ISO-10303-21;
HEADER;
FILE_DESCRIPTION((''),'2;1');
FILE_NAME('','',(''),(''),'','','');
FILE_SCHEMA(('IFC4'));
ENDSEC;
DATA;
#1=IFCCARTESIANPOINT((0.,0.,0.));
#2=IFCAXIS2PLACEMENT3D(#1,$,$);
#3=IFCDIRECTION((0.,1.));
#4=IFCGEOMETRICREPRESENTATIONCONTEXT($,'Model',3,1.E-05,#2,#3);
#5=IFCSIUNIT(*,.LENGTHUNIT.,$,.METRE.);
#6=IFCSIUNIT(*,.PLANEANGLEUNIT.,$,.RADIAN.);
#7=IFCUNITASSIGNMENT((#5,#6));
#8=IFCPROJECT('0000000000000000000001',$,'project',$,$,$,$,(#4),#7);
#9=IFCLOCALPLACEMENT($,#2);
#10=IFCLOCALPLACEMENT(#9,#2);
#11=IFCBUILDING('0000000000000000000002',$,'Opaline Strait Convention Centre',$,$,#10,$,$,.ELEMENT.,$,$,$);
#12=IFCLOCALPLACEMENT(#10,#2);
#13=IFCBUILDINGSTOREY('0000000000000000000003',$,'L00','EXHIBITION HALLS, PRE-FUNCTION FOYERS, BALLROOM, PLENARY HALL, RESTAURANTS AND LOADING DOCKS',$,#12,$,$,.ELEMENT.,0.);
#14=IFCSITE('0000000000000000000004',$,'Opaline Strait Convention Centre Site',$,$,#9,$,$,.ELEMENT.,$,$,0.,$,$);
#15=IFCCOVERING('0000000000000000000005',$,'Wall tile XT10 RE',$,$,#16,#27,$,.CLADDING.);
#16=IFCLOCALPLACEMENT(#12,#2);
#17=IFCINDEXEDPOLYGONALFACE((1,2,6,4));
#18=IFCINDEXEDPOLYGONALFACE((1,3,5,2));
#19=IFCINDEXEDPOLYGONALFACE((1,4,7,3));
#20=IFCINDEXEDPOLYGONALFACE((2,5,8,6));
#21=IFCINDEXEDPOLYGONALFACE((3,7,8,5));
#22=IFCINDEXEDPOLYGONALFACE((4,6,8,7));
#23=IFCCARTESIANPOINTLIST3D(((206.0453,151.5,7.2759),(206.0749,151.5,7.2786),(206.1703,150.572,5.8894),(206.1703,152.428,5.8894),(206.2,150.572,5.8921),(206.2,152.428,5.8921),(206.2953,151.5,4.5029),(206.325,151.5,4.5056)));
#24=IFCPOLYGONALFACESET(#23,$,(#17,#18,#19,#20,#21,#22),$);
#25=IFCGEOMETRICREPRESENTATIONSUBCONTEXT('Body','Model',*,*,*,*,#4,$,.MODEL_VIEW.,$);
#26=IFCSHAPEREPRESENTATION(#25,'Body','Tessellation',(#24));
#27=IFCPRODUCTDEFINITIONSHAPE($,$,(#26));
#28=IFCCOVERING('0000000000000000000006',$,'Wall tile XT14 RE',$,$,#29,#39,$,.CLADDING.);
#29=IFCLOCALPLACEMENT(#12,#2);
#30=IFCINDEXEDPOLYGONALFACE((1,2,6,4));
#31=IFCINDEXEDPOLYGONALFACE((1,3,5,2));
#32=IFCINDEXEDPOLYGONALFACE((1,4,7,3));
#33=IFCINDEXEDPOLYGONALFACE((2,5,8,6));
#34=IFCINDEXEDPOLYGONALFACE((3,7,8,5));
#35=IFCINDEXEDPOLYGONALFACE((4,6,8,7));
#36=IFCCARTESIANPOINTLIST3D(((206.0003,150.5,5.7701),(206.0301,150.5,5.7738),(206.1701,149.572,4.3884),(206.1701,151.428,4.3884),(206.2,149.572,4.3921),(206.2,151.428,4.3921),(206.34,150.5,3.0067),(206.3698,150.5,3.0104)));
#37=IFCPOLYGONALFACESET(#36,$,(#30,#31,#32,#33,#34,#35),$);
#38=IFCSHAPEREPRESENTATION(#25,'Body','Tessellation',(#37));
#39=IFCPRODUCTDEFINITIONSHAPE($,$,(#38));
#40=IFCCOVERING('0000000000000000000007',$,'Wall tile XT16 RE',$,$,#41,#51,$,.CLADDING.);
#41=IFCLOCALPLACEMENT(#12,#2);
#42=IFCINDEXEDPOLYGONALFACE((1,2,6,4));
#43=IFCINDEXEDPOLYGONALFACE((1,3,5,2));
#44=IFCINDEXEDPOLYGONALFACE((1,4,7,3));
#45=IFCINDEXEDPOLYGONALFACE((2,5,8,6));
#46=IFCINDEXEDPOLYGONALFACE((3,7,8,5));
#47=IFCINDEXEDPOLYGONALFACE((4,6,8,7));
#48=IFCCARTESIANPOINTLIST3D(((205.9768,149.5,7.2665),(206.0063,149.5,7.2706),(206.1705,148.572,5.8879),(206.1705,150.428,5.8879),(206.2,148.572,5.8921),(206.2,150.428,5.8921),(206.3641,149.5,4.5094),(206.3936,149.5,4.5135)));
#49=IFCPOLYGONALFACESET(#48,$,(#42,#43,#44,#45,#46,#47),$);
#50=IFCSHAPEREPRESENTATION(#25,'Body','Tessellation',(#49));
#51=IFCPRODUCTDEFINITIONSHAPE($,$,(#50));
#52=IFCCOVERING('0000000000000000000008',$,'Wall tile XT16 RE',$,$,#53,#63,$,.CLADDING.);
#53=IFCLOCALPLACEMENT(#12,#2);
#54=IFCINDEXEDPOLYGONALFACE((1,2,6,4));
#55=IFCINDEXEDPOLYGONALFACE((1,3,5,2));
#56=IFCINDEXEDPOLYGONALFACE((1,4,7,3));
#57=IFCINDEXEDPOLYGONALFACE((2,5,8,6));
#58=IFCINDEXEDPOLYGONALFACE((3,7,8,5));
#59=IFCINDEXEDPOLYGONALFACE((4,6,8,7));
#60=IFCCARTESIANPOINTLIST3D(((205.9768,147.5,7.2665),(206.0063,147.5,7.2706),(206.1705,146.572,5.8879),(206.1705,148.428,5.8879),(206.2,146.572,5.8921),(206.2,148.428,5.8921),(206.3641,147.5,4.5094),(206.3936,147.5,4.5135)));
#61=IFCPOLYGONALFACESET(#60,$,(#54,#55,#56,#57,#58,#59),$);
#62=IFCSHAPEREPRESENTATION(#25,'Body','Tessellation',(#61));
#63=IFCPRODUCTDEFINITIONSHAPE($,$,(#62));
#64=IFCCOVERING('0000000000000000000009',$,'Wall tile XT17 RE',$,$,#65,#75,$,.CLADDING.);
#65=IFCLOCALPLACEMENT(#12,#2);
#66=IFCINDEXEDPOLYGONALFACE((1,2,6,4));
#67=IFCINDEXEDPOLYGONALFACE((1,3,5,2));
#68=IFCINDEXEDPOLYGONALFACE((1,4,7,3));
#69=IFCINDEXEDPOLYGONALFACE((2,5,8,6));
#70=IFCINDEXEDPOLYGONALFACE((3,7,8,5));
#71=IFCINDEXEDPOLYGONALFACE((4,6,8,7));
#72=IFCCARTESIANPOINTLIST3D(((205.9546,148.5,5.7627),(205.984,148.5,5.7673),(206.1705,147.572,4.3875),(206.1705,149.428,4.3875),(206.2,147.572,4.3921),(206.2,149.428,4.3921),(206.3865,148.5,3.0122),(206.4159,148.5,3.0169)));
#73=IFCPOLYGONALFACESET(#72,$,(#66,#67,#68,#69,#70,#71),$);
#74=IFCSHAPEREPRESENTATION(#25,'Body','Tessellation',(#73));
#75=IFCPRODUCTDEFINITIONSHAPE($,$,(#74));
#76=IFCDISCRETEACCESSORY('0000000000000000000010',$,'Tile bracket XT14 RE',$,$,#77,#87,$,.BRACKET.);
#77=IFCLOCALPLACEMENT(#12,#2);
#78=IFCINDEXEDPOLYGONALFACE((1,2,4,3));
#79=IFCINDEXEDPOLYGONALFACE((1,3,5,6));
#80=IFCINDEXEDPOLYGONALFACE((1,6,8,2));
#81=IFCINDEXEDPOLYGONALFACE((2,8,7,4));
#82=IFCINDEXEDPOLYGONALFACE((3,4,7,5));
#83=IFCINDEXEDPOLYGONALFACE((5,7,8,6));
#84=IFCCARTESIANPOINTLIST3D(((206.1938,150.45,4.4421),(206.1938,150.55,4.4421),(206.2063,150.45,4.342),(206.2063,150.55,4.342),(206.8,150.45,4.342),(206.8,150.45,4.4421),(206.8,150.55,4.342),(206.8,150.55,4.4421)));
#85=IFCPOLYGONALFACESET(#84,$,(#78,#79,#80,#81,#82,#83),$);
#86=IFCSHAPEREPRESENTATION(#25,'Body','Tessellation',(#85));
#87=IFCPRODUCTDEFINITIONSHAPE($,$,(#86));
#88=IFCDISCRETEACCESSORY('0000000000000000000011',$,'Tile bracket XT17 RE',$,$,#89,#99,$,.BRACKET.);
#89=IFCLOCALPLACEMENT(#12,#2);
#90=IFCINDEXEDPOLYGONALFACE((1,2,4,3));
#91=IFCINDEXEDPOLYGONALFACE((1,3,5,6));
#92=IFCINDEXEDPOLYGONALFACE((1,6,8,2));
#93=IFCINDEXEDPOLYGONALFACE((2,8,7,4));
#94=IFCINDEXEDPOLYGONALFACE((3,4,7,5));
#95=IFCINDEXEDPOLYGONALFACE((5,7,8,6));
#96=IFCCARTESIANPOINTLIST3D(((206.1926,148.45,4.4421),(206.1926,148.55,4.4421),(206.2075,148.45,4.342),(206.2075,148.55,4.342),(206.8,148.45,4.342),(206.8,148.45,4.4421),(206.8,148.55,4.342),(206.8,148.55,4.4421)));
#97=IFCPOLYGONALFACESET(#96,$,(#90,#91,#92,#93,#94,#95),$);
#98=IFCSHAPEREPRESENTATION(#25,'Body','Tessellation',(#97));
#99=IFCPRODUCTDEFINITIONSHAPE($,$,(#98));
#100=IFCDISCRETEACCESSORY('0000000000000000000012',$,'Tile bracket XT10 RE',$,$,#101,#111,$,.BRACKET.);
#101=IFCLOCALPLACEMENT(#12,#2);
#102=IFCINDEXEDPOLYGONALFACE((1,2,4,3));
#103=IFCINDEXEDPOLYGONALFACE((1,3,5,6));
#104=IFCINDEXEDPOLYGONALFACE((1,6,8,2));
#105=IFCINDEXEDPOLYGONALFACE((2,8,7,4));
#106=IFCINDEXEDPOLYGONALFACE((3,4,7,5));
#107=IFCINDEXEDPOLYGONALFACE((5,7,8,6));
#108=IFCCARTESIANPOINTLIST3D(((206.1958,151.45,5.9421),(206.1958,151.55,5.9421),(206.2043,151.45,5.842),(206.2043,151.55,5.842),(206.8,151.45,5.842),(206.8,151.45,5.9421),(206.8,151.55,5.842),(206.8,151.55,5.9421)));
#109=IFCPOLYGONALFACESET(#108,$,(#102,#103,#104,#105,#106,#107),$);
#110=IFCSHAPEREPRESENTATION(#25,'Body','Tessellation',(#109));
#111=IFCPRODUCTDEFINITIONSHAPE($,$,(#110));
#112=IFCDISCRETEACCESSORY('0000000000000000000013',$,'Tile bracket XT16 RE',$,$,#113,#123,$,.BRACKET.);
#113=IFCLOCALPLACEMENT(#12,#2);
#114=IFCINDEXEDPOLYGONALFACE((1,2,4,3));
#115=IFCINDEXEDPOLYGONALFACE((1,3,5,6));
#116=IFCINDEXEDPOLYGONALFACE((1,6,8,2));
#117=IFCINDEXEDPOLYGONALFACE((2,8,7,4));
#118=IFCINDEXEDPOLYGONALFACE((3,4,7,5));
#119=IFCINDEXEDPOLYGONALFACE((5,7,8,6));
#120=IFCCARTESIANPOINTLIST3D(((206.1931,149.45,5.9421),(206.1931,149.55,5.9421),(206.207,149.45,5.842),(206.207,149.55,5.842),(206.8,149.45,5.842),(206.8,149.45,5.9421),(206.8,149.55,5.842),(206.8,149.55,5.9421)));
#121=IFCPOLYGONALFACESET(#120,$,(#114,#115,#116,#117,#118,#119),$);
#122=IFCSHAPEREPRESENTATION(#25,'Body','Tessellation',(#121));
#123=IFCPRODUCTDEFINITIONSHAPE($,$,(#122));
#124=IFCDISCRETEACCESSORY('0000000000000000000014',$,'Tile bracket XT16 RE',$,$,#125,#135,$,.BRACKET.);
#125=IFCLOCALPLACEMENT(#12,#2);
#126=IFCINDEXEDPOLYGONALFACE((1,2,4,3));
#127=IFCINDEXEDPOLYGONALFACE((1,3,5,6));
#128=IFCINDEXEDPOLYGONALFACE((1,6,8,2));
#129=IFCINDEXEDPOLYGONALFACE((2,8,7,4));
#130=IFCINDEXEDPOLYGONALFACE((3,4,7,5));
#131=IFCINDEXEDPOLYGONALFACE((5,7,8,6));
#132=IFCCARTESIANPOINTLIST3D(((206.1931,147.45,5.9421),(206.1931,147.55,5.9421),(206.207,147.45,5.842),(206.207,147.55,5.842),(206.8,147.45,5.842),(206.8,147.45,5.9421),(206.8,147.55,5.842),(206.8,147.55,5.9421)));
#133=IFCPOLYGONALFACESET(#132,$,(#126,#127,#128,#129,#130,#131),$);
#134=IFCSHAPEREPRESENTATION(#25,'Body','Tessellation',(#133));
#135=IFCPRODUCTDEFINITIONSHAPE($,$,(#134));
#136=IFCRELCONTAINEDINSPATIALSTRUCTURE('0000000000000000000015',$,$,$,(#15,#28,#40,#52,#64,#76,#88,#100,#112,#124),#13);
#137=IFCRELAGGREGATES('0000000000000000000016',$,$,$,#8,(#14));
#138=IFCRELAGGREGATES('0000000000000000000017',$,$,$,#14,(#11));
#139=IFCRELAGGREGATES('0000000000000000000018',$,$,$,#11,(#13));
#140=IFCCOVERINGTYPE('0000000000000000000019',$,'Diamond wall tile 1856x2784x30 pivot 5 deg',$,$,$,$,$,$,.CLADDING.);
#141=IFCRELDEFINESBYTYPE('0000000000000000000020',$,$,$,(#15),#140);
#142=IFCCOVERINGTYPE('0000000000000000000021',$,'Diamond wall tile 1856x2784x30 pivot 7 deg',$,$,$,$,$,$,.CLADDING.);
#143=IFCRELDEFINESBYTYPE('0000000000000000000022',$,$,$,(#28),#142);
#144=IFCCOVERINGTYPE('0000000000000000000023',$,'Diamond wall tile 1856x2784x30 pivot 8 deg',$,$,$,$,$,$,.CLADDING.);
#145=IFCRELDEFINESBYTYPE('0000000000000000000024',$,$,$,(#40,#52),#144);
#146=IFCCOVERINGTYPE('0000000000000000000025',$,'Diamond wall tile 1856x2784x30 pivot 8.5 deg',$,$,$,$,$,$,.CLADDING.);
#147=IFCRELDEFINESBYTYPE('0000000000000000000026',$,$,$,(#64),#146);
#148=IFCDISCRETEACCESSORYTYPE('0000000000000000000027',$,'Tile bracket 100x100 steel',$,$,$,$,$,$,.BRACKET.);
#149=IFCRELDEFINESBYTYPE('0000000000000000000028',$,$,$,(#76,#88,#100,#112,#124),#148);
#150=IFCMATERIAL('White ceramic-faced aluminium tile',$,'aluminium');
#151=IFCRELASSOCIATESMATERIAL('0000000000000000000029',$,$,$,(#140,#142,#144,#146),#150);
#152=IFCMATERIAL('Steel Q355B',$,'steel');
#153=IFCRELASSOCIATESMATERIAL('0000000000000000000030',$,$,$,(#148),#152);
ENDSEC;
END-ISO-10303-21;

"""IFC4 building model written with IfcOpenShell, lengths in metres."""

from ifc_helpers import new_model, si_unit, direction, frame, origin, place, context, subcontext, project, spatial, polyline, outline, extrude, material, material_profile, profile_set, type_object, element, save


model = new_model("IFC4")

# Units and contexts
model_context = context("Model", 3, precision=1e-05, world=origin(), true_north=direction((0.0, 1.0)))
body_context = subcontext(model_context, "Body", "Model", "MODEL_VIEW")
ifc_project = project(units=[si_unit("LENGTHUNIT", "METRE"), si_unit("PLANEANGLEUNIT", "RADIAN")], contexts=[model_context])

# Site, building, storey
site_placement = place(None, origin())
site = spatial("IfcSite", under=ifc_project, at=site_placement, Name="Opaline Strait Convention Centre Site", CompositionType="ELEMENT", RefElevation=0.0)
building_placement = place(site_placement, origin())
building = spatial("IfcBuilding", under=site, at=building_placement, Name="Opaline Strait Convention Centre", CompositionType="ELEMENT")
storey_placement = place(building_placement, origin())
storey = spatial("IfcBuildingStorey", under=building, at=storey_placement, Name="L00", Description="EXHIBITION HALLS, PRE-FUNCTION FOYERS, BALLROOM, PLENARY HALL, RESTAURANTS AND LOADING DOCKS", CompositionType="ELEMENT", Elevation=0.0)

# Shared definitions
ifc_material_1 = material(Name="Steel Q355B", Category="steel")

# Coverings
ifc_material_2 = material(Name="White ceramic-faced aluminium tile", Category="aluminium")
ifc_material_profile_1 = material_profile(ifc_material_2, outline(polyline([(0.928, 0.0), (0.0, 1.3921), (-0.928, 0.0), (0.0, -1.3921), (0.928, 0.0)])), Name="Diamond tile 1856x2784")
ifc_profile_set_1 = profile_set([ifc_material_profile_1], Name="White ceramic-faced aluminium tile")
covering_type_1 = type_object("IfcCoveringType", Name="Diamond wall tile 1856x2784x30 pivot 5 deg", PredefinedType="CLADDING", material=ifc_profile_set_1)
covering_1_placement = place(storey_placement, frame((206.2, 151.5, 5.8921), z_axis=(-0.99596, 0.0, -0.0898), x_axis=(0.0, -1.0, 0.0)))
element("IfcCovering", 1, at=covering_1_placement, inside=storey, type_object=covering_type_1, Name="Wall tile XT10 RE", PredefinedType="CLADDING", context=body_context, shape_type="SweptSolid", body=[
    extrude(outline(polyline([(0.928, 0.0), (0.0, 1.3921), (-0.928, 0.0), (0.0, -1.3921), (0.928, 0.0)])), origin(), (0.0, 0.0, 1.0), 0.0298),
])
ifc_material_profile_2 = material_profile(ifc_material_2, outline(polyline([(0.928, 0.0), (0.0, 1.3921), (-0.928, 0.0), (0.0, -1.3921), (0.928, 0.0)])), Name="Diamond tile 1856x2784")
ifc_profile_set_2 = profile_set([ifc_material_profile_2], Name="White ceramic-faced aluminium tile")
covering_type_2 = type_object("IfcCoveringType", Name="Diamond wall tile 1856x2784x30 pivot 7 deg", PredefinedType="CLADDING", material=ifc_profile_set_2)
covering_2_placement = place(storey_placement, frame((206.2, 150.5, 4.3921), z_axis=(-0.992526, 0.0, -0.122032), x_axis=(0.0, -1.0, 0.0)))
element("IfcCovering", 2, at=covering_2_placement, inside=storey, type_object=covering_type_2, Name="Wall tile XT14 RE", PredefinedType="CLADDING", context=body_context, shape_type="SweptSolid", body=[
    extrude(outline(polyline([(0.928, 0.0), (0.0, 1.3921), (-0.928, 0.0), (0.0, -1.3921), (0.928, 0.0)])), origin(), (0.0, 0.0, 1.0), 0.03),
])
ifc_material_profile_3 = material_profile(ifc_material_2, outline(polyline([(0.928, 0.0), (0.0, 1.3921), (-0.928, 0.0), (0.0, -1.3921), (0.928, 0.0)])), Name="Diamond tile 1856x2784")
ifc_profile_set_3 = profile_set([ifc_material_profile_3], Name="White ceramic-faced aluminium tile")
covering_type_3 = type_object("IfcCoveringType", Name="Diamond wall tile 1856x2784x30 pivot 8 deg", PredefinedType="CLADDING", material=ifc_profile_set_3)
for number, where, z_axis, x_axis, name in (
    (3, (206.2, 149.5, 5.8921), (-0.990274, 0.0, -0.139129), (0.0, -1.0, 0.0), "Wall tile XT16 RE"),
    (4, (206.2, 147.5, 5.8921), (-0.990274, 0.0, -0.139129), (0.0, -1.0, 0.0), "Wall tile XT16 RE"),
):
    element("IfcCovering", number, at=place(storey_placement, frame(where, z_axis=z_axis, x_axis=x_axis)), inside=storey, type_object=covering_type_3, Name=name, PredefinedType="CLADDING", context=body_context, shape_type="SweptSolid", body=[
        extrude(outline(polyline([(0.928, 0.0), (0.0, 1.3921), (-0.928, 0.0), (0.0, -1.3921), (0.928, 0.0)])), origin(), (0.0, 0.0, 1.0), 0.0298),
    ])
ifc_material_profile_4 = material_profile(ifc_material_2, outline(polyline([(0.928, 0.0), (0.0, 1.3921), (-0.928, 0.0), (0.0, -1.3921), (0.928, 0.0)])), Name="Diamond tile 1856x2784")
ifc_profile_set_4 = profile_set([ifc_material_profile_4], Name="White ceramic-faced aluminium tile")
covering_type_4 = type_object("IfcCoveringType", Name="Diamond wall tile 1856x2784x30 pivot 8.5 deg", PredefinedType="CLADDING", material=ifc_profile_set_4)
covering_3_placement = place(storey_placement, frame((206.2, 148.5, 4.3921), z_axis=(-0.987895, 0.0, -0.155124), x_axis=(0.0, -1.0, 0.0)))
element("IfcCovering", 5, at=covering_3_placement, inside=storey, type_object=covering_type_4, Name="Wall tile XT17 RE", PredefinedType="CLADDING", context=body_context, shape_type="SweptSolid", body=[
    extrude(outline(polyline([(0.928, 0.0), (0.0, 1.3921), (-0.928, 0.0), (0.0, -1.3921), (0.928, 0.0)])), origin(), (0.0, 0.0, 1.0), 0.0298),
])

# Discrete accessories
discrete_accessory_type = type_object("IfcDiscreteAccessoryType", Name="Tile bracket 100x100 steel", PredefinedType="BRACKET", material=ifc_material_1)
discrete_accessory_1_placement = place(storey_placement, frame((206.8, 150.55, 4.3921), z_axis=(0.0, -1.0, 0.0), x_axis=(1.0, 0.0, 0.0)))
element("IfcDiscreteAccessory", 6, at=discrete_accessory_1_placement, inside=storey, type_object=discrete_accessory_type, Name="Tile bracket XT14 RE", PredefinedType="BRACKET", context=body_context, shape_type="SweptSolid", body=[
    extrude(outline(polyline([(0.0, -0.05), (0.0, 0.05), (-0.6062, 0.05), (-0.5938, -0.05), (0.0, -0.05)])), origin(), (0.0, 0.0, 1.0), 0.1001),
])
discrete_accessory_2_placement = place(storey_placement, frame((206.8, 148.55, 4.3921), z_axis=(0.0, -1.0, 0.0), x_axis=(1.0, 0.0, 0.0)))
element("IfcDiscreteAccessory", 7, at=discrete_accessory_2_placement, inside=storey, type_object=discrete_accessory_type, Name="Tile bracket XT17 RE", PredefinedType="BRACKET", context=body_context, shape_type="SweptSolid", body=[
    extrude(outline(polyline([(0.0, -0.05), (0.0, 0.05), (-0.6074, 0.05), (-0.5925, -0.05), (0.0, -0.05)])), origin(), (0.0, 0.0, 1.0), 0.1001),
])
discrete_accessory_3_placement = place(storey_placement, frame((206.8, 151.55, 5.8921), z_axis=(0.0, -1.0, 0.0), x_axis=(1.0, 0.0, 0.0)))
element("IfcDiscreteAccessory", 8, at=discrete_accessory_3_placement, inside=storey, type_object=discrete_accessory_type, Name="Tile bracket XT10 RE", PredefinedType="BRACKET", context=body_context, shape_type="SweptSolid", body=[
    extrude(outline(polyline([(0.0, -0.05), (0.0, 0.05), (-0.6042, 0.05), (-0.5957, -0.05), (0.0, -0.05)])), origin(), (0.0, 0.0, 1.0), 0.1001),
])
for number, where, z_axis, x_axis, name in (
    (9, (206.8, 149.55, 5.8921), (0.0, -1.0, 0.0), (1.0, 0.0, 0.0), "Tile bracket XT16 RE"),
    (10, (206.8, 147.55, 5.8921), (0.0, -1.0, 0.0), (1.0, 0.0, 0.0), "Tile bracket XT16 RE"),
):
    element("IfcDiscreteAccessory", number, at=place(storey_placement, frame(where, z_axis=z_axis, x_axis=x_axis)), inside=storey, type_object=discrete_accessory_type, Name=name, PredefinedType="BRACKET", context=body_context, shape_type="SweptSolid", body=[
        extrude(outline(polyline([(0.0, -0.05), (0.0, 0.05), (-0.6069, 0.05), (-0.593, -0.05), (0.0, -0.05)])), origin(), (0.0, 0.0, 1.0), 0.1001),
    ])

save(model, "model.ifc")
